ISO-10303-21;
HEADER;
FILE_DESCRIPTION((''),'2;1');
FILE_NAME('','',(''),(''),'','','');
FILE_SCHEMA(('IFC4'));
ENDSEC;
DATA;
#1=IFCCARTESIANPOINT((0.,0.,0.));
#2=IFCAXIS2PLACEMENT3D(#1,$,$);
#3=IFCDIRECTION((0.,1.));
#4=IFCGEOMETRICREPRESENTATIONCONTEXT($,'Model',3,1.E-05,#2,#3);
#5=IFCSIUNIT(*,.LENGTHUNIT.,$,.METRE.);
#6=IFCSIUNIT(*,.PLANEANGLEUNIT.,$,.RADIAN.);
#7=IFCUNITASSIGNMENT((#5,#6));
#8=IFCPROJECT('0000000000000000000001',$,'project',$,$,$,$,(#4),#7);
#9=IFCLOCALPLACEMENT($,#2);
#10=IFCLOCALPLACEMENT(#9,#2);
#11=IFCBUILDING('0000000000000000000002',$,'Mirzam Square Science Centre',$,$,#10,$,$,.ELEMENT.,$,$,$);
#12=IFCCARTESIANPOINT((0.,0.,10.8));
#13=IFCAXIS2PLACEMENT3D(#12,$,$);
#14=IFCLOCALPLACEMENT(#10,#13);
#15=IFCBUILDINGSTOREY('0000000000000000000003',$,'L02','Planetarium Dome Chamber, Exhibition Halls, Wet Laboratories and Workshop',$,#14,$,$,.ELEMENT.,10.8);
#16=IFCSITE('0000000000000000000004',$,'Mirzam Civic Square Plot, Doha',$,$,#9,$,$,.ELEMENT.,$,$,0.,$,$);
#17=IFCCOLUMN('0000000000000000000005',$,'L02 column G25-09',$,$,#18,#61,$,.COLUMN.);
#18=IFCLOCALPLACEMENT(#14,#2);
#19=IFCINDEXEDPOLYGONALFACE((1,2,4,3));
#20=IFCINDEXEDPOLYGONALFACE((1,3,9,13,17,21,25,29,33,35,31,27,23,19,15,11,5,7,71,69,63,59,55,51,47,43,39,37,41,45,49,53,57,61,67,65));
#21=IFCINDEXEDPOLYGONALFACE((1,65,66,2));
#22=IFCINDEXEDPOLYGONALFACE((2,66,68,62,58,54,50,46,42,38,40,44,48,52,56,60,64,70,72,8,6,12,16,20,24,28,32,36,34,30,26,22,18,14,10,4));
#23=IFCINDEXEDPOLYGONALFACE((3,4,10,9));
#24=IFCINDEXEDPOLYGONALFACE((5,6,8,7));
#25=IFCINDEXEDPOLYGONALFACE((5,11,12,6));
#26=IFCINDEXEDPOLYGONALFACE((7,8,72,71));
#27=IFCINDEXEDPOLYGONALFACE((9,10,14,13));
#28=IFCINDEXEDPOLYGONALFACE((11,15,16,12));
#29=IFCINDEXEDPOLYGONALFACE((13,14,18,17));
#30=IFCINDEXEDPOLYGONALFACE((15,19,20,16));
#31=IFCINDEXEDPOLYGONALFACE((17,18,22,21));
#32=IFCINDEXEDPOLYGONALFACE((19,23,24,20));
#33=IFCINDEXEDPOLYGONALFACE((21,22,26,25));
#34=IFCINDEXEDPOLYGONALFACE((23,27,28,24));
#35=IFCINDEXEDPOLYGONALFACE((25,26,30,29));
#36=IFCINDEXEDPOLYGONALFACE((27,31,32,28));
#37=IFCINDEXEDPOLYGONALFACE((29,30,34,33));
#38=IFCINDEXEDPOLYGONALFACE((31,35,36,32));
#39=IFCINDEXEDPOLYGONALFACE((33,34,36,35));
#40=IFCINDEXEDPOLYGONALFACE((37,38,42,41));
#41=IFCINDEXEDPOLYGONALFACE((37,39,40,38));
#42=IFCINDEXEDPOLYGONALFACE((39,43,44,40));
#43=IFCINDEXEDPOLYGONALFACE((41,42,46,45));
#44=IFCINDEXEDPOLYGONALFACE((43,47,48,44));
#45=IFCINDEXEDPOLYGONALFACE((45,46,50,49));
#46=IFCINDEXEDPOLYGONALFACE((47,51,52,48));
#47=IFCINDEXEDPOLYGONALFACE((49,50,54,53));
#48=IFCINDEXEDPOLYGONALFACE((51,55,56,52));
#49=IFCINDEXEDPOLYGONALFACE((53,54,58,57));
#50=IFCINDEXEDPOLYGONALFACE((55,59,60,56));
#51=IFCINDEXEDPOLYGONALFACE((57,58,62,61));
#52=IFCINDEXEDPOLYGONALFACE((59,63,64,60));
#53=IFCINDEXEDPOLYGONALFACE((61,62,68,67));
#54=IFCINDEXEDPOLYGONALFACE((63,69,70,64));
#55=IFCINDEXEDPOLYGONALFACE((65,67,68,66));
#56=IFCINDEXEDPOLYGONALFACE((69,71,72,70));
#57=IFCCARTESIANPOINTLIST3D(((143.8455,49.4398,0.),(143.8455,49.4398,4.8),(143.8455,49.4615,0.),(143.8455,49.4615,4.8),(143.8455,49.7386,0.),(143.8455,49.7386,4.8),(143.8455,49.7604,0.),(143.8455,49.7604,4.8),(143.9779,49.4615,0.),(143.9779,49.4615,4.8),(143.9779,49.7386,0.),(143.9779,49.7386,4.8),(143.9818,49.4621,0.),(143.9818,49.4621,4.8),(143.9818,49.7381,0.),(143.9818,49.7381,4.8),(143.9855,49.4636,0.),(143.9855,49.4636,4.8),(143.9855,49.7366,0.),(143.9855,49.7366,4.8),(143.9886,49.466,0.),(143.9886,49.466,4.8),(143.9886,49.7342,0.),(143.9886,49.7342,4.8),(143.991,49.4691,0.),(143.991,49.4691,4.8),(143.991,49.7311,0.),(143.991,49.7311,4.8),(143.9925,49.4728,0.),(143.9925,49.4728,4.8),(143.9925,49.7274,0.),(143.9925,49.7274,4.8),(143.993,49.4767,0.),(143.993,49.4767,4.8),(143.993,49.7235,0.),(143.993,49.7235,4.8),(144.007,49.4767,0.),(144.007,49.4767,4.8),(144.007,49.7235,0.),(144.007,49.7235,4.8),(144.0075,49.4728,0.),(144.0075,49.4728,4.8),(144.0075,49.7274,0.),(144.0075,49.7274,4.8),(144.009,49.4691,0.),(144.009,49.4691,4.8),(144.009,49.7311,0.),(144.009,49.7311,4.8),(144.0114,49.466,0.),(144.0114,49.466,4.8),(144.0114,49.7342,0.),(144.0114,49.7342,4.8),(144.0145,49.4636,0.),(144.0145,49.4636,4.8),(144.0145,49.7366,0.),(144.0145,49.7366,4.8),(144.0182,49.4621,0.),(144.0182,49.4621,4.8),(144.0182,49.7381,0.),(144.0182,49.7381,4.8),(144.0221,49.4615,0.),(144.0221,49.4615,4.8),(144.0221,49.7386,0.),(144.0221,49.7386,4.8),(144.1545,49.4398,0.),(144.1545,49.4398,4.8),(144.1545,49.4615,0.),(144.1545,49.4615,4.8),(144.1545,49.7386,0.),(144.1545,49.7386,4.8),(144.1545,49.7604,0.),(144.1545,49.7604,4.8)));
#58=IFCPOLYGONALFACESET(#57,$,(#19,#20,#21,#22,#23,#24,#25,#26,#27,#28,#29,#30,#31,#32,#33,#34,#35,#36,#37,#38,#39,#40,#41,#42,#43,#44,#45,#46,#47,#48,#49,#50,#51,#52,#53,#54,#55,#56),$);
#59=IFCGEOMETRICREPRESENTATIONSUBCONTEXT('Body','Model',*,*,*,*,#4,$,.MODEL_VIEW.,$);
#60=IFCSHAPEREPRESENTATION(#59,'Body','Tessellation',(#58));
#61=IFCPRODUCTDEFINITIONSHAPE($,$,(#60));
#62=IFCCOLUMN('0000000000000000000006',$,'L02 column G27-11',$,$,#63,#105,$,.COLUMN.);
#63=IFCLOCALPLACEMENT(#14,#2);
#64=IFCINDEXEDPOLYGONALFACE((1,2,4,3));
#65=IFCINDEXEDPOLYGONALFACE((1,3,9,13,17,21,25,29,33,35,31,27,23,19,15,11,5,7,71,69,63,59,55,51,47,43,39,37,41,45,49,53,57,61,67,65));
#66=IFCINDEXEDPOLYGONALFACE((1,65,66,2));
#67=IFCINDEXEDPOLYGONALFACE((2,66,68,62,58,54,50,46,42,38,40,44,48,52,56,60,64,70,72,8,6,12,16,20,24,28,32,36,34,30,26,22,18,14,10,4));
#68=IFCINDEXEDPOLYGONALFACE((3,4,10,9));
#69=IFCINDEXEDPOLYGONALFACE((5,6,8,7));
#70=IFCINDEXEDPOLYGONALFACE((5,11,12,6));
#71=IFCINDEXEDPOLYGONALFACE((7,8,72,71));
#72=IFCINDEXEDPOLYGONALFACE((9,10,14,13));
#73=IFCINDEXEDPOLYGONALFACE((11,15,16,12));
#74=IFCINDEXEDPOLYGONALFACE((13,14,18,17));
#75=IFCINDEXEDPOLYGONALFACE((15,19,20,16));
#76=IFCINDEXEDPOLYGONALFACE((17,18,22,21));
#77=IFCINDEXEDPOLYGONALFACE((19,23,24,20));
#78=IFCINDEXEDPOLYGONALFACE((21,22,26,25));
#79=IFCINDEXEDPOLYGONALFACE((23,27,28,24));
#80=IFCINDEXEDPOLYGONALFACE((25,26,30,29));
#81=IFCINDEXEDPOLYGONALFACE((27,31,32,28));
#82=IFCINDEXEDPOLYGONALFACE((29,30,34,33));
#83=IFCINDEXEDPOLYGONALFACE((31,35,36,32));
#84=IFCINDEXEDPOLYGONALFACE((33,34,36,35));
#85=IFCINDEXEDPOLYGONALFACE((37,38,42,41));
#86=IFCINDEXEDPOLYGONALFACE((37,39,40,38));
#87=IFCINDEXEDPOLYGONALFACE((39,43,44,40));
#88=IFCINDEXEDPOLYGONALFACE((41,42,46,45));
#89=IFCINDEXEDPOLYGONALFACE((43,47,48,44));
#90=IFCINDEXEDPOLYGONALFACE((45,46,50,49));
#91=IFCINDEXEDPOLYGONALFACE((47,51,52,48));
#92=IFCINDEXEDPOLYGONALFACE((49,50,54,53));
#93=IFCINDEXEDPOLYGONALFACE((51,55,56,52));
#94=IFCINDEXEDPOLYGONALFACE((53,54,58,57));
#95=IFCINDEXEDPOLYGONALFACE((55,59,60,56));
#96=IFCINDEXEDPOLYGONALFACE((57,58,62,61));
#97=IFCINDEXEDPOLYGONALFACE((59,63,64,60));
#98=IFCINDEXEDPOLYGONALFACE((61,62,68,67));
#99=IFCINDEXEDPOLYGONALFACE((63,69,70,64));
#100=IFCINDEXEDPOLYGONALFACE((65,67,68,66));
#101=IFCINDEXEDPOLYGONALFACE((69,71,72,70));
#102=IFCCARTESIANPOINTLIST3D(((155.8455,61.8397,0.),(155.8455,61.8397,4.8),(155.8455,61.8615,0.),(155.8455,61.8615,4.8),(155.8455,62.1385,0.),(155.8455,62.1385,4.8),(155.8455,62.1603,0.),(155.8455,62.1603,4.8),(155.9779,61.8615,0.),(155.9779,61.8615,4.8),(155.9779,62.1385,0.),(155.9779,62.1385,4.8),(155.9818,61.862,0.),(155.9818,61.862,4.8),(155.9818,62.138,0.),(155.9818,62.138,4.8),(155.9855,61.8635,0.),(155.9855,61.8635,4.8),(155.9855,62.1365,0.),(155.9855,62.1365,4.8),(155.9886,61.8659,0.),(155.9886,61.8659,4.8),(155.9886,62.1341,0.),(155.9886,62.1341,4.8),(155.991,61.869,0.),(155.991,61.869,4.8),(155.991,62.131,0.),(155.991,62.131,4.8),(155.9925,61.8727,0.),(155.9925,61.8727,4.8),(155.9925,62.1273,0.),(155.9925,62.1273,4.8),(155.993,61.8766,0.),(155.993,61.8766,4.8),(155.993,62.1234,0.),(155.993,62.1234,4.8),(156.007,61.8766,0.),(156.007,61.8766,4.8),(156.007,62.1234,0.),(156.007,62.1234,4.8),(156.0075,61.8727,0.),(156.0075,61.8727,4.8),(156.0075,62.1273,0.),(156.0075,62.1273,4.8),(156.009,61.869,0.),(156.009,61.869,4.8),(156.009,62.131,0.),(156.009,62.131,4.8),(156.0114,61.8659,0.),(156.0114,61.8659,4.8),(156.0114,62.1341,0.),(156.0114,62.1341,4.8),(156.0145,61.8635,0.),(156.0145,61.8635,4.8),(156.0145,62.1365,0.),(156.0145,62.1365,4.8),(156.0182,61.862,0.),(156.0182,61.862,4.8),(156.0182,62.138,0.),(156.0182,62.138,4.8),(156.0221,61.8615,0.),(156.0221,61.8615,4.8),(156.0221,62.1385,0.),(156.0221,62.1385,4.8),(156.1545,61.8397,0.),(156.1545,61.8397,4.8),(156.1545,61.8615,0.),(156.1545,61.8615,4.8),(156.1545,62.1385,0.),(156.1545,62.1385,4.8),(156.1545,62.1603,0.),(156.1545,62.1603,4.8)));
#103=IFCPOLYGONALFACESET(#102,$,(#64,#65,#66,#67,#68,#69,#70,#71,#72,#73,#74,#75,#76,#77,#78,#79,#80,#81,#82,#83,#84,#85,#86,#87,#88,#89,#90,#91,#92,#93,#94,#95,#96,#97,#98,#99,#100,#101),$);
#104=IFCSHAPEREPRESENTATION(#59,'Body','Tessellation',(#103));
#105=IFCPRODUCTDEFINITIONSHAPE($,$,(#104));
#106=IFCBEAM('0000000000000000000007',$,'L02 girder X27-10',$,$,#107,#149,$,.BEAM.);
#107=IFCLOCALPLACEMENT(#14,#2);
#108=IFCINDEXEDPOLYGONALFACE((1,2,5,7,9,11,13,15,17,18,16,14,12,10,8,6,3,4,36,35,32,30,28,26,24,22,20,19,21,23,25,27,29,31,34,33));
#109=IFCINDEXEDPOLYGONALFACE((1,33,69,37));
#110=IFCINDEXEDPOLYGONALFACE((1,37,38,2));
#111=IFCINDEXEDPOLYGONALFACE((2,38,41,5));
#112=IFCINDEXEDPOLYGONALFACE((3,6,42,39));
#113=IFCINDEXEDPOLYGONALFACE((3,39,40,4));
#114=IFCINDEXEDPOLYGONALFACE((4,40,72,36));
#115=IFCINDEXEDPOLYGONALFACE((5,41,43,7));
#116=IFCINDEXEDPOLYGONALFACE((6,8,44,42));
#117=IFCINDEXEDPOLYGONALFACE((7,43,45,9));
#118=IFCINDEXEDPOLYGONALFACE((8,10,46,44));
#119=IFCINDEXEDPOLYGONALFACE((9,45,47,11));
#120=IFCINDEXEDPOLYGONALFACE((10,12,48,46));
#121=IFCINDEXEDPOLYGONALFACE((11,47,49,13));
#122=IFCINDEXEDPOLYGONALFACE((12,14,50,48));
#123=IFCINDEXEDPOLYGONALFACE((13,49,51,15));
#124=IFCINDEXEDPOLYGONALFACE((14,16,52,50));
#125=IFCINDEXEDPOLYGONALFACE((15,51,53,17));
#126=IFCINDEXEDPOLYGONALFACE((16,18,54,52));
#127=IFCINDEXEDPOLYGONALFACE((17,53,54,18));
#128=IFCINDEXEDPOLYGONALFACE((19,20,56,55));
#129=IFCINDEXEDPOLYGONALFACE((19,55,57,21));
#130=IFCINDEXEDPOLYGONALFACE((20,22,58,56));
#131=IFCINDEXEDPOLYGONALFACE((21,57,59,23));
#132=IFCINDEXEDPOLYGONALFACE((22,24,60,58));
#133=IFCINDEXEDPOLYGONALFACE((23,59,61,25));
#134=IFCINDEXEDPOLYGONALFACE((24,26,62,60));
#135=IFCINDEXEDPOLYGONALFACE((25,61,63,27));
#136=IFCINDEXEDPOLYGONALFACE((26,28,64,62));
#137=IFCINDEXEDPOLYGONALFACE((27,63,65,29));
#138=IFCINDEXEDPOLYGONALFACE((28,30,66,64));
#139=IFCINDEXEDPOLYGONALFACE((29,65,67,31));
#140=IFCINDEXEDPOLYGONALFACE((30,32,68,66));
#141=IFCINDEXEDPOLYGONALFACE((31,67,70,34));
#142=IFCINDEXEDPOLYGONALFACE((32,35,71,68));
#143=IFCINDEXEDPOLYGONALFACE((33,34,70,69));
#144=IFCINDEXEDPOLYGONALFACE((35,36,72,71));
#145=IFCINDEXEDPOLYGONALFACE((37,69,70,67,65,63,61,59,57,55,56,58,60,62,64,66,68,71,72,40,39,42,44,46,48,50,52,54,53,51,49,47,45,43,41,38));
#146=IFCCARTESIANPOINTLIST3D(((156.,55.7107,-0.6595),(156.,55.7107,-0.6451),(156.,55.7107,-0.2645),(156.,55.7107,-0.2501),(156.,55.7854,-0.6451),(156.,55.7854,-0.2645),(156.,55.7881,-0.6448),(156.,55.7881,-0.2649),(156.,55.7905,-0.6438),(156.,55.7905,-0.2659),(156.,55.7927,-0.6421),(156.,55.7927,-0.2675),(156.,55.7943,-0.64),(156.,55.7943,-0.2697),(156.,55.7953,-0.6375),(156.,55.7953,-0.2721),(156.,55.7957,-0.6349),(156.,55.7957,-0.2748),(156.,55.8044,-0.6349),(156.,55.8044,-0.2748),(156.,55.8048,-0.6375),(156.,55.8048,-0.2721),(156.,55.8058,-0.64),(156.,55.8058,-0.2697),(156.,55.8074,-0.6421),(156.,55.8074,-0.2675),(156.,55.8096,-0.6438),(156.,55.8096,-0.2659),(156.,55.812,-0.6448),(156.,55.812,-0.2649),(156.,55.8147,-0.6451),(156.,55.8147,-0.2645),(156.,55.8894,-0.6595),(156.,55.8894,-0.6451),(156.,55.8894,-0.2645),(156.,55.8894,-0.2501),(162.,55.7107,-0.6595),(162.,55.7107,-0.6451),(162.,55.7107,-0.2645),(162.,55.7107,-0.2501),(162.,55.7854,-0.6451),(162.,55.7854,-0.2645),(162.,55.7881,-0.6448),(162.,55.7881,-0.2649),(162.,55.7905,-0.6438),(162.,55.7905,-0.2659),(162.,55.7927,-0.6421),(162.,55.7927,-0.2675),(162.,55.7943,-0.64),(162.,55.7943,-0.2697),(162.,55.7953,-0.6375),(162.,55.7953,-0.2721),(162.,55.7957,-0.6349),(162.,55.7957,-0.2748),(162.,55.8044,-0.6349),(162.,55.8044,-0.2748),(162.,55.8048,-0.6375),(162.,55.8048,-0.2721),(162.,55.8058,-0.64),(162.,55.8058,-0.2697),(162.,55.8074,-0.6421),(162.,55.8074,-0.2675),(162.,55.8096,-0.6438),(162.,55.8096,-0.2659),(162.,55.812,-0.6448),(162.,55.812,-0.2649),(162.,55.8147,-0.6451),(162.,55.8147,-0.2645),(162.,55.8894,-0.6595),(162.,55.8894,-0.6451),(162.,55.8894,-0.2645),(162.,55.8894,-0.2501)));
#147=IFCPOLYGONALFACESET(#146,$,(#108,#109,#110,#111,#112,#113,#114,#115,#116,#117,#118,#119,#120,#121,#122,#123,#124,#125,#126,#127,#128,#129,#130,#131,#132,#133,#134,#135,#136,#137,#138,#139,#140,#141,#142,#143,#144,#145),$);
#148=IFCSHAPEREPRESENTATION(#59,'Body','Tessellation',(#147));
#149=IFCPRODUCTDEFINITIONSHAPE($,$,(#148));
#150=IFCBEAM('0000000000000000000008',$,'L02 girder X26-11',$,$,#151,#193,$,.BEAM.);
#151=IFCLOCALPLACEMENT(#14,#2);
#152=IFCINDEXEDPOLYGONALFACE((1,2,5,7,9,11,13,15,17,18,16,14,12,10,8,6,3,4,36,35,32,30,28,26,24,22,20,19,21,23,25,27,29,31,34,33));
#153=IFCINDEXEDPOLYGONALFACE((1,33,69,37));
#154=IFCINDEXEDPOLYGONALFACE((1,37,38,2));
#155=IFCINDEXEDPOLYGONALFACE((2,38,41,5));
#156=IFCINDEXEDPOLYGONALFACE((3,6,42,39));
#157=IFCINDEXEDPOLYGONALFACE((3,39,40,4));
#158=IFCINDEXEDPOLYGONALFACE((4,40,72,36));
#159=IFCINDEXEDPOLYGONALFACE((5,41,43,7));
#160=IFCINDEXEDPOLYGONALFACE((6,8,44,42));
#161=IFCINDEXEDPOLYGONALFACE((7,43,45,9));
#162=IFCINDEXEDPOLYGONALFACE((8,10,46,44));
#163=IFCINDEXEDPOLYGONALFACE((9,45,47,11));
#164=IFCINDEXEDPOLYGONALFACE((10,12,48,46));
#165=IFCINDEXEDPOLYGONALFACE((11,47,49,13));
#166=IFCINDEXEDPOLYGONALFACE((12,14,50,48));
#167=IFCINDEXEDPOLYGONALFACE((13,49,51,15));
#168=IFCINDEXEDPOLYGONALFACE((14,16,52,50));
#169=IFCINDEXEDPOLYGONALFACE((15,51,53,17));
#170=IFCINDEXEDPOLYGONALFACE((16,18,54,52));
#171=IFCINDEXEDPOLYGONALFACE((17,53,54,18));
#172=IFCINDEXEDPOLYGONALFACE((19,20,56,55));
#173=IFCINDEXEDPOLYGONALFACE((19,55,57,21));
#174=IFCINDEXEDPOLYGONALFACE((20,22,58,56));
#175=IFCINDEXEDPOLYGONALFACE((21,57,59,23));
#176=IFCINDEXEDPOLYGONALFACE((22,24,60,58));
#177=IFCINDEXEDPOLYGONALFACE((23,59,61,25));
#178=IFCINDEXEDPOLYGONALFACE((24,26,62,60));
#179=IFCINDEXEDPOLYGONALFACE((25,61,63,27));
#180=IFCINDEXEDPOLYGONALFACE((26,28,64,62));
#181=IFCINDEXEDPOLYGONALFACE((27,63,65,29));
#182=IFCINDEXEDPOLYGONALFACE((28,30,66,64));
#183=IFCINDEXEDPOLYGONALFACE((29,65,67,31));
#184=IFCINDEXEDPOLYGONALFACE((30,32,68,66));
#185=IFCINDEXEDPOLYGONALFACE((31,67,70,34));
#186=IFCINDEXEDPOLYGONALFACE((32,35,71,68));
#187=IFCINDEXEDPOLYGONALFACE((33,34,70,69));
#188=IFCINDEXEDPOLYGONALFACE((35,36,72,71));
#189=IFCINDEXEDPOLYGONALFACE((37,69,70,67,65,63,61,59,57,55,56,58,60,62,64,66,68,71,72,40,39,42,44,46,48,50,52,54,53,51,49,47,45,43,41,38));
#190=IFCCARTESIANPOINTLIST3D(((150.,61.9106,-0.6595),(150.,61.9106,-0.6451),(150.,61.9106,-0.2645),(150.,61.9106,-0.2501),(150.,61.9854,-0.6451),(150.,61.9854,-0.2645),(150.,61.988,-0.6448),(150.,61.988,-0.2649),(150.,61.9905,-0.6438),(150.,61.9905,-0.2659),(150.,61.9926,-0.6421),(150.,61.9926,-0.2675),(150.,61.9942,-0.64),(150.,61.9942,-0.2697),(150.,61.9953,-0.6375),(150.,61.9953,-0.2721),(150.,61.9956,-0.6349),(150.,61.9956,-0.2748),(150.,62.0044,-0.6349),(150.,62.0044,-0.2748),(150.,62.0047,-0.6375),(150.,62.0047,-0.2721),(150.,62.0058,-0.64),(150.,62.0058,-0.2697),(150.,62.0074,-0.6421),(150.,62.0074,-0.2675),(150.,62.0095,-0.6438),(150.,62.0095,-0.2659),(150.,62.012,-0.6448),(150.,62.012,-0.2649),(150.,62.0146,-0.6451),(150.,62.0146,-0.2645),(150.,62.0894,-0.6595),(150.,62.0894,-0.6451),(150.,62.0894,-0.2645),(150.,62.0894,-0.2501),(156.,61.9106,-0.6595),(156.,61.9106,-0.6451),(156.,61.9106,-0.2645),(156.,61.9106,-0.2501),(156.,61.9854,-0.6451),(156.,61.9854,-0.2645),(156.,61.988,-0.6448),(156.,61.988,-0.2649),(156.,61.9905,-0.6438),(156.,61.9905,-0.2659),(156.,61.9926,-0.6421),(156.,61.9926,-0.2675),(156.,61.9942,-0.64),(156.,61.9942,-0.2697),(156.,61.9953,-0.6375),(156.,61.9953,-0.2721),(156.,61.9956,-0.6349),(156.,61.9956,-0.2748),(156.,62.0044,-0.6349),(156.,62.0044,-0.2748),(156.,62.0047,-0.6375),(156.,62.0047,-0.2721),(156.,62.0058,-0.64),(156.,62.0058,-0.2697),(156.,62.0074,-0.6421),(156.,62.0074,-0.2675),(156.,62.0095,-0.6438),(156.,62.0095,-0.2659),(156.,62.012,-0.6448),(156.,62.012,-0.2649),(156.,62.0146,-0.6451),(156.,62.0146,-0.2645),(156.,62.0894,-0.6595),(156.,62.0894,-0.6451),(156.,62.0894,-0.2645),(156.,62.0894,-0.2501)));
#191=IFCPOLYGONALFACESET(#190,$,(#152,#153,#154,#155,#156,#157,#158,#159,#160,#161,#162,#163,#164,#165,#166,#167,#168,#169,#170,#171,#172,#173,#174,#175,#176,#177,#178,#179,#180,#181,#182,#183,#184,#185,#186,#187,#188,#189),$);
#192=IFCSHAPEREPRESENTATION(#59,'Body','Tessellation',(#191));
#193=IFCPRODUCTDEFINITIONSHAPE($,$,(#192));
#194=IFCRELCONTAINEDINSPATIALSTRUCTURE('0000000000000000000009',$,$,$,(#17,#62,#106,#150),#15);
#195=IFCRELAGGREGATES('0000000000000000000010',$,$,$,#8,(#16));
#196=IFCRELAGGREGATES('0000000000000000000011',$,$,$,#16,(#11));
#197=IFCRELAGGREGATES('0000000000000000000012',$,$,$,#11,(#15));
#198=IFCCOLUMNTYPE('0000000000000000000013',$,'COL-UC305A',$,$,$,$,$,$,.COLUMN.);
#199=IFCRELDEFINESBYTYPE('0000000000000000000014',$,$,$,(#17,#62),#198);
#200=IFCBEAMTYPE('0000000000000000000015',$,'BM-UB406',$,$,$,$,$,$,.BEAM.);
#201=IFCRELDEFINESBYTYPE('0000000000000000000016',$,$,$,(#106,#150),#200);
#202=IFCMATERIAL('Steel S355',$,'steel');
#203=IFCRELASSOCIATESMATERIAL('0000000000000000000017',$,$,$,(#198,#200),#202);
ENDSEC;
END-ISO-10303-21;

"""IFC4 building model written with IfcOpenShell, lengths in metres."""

from ifc_helpers import new_model, si_unit, direction, frame, origin, origin_2d, place, context, subcontext, project, spatial, i_section, extrude, material, material_profile, profile_set, type_object, element, save


model = new_model("IFC4")

# Units and contexts
model_context = context("Model", 3, precision=1e-05, world=origin(), true_north=direction((0.0, 1.0)))
body_context = subcontext(model_context, "Body", "Model", "MODEL_VIEW")
ifc_project = project(units=[si_unit("LENGTHUNIT", "METRE"), si_unit("PLANEANGLEUNIT", "RADIAN")], contexts=[model_context])

# Site, building, storey
site_placement = place(None, origin())
site = spatial("IfcSite", under=ifc_project, at=site_placement, Name="Mirzam Civic Square Plot, Doha", CompositionType="ELEMENT", RefElevation=0.0)
building_placement = place(site_placement, origin())
building = spatial("IfcBuilding", under=site, at=building_placement, Name="Mirzam Square Science Centre", CompositionType="ELEMENT")
storey_placement = place(building_placement, frame((0.0, 0.0, 10.8)))
storey = spatial("IfcBuildingStorey", under=building, at=storey_placement, Name="L02", Description="Planetarium Dome Chamber, Exhibition Halls, Wet Laboratories and Workshop", CompositionType="ELEMENT", Elevation=10.8)

# Columns
ifc_material_1 = material(Name="Steel S355", Category="steel")
ifc_material_profile_1 = material_profile(ifc_material_1, i_section(OverallWidth=0.3091, OverallDepth=0.3206, WebThickness=0.0139, FlangeThickness=0.0217, FilletRadius=0.0151, at=origin_2d()), Name="305x305x137UC")
ifc_profile_set_1 = profile_set([ifc_material_profile_1], Name="Steel S355")
column_type_1 = type_object("IfcColumnType", Name="COL-UC305A", PredefinedType="COLUMN", material=ifc_profile_set_1)
for number, where, z_axis, x_axis, name in (
    (1, (144.0, 49.6001, 0.0), (0.0, 0.0, 1.0), (1.0, 0.0, 0.0), "L02 column G25-09"),
    (2, (156.0, 62.0, 0.0), (0.0, 0.0, 1.0), (1.0, 0.0, 0.0), "L02 column G27-11"),
):
    element("IfcColumn", number, at=place(storey_placement, frame(where, z_axis=z_axis, x_axis=x_axis)), inside=storey, type_object=column_type_1, Name=name, PredefinedType="COLUMN", context=body_context, shape_type="SweptSolid", body=[
        extrude(i_section(OverallWidth=0.3091, OverallDepth=0.3206, WebThickness=0.0139, FlangeThickness=0.0217, FilletRadius=0.0151, at=origin_2d()), origin(), (0.0, 0.0, 1.0), 4.8),
    ])

# Beams
ifc_material_profile_2 = material_profile(ifc_material_1, i_section(OverallWidth=0.1787, OverallDepth=0.4094, WebThickness=0.0088, FlangeThickness=0.0144, FilletRadius=0.0103, at=origin_2d()), Name="406x178x67UB")
ifc_profile_set_2 = profile_set([ifc_material_profile_2], Name="Steel S355")
beam_type_1 = type_object("IfcBeamType", Name="BM-UB406", PredefinedType="BEAM", material=ifc_profile_set_2)
for number, where, z_axis, x_axis, name in (
    (3, (156.0, 55.8, -0.4548), (1.0, 0.0, 0.0), (0.0, 1.0, 0.0), "L02 girder X27-10"),
    (4, (150.0, 62.0, -0.4548), (1.0, 0.0, 0.0), (0.0, 1.0, 0.0), "L02 girder X26-11"),
):
    element("IfcBeam", number, at=place(storey_placement, frame(where, z_axis=z_axis, x_axis=x_axis)), inside=storey, type_object=beam_type_1, Name=name, PredefinedType="BEAM", context=body_context, shape_type="SweptSolid", body=[
        extrude(i_section(OverallWidth=0.1787, OverallDepth=0.4094, WebThickness=0.0088, FlangeThickness=0.0144, FilletRadius=0.0103, at=origin_2d()), origin(), (0.0, 0.0, 1.0), 6.0),
    ])

save(model, "model.ifc")
